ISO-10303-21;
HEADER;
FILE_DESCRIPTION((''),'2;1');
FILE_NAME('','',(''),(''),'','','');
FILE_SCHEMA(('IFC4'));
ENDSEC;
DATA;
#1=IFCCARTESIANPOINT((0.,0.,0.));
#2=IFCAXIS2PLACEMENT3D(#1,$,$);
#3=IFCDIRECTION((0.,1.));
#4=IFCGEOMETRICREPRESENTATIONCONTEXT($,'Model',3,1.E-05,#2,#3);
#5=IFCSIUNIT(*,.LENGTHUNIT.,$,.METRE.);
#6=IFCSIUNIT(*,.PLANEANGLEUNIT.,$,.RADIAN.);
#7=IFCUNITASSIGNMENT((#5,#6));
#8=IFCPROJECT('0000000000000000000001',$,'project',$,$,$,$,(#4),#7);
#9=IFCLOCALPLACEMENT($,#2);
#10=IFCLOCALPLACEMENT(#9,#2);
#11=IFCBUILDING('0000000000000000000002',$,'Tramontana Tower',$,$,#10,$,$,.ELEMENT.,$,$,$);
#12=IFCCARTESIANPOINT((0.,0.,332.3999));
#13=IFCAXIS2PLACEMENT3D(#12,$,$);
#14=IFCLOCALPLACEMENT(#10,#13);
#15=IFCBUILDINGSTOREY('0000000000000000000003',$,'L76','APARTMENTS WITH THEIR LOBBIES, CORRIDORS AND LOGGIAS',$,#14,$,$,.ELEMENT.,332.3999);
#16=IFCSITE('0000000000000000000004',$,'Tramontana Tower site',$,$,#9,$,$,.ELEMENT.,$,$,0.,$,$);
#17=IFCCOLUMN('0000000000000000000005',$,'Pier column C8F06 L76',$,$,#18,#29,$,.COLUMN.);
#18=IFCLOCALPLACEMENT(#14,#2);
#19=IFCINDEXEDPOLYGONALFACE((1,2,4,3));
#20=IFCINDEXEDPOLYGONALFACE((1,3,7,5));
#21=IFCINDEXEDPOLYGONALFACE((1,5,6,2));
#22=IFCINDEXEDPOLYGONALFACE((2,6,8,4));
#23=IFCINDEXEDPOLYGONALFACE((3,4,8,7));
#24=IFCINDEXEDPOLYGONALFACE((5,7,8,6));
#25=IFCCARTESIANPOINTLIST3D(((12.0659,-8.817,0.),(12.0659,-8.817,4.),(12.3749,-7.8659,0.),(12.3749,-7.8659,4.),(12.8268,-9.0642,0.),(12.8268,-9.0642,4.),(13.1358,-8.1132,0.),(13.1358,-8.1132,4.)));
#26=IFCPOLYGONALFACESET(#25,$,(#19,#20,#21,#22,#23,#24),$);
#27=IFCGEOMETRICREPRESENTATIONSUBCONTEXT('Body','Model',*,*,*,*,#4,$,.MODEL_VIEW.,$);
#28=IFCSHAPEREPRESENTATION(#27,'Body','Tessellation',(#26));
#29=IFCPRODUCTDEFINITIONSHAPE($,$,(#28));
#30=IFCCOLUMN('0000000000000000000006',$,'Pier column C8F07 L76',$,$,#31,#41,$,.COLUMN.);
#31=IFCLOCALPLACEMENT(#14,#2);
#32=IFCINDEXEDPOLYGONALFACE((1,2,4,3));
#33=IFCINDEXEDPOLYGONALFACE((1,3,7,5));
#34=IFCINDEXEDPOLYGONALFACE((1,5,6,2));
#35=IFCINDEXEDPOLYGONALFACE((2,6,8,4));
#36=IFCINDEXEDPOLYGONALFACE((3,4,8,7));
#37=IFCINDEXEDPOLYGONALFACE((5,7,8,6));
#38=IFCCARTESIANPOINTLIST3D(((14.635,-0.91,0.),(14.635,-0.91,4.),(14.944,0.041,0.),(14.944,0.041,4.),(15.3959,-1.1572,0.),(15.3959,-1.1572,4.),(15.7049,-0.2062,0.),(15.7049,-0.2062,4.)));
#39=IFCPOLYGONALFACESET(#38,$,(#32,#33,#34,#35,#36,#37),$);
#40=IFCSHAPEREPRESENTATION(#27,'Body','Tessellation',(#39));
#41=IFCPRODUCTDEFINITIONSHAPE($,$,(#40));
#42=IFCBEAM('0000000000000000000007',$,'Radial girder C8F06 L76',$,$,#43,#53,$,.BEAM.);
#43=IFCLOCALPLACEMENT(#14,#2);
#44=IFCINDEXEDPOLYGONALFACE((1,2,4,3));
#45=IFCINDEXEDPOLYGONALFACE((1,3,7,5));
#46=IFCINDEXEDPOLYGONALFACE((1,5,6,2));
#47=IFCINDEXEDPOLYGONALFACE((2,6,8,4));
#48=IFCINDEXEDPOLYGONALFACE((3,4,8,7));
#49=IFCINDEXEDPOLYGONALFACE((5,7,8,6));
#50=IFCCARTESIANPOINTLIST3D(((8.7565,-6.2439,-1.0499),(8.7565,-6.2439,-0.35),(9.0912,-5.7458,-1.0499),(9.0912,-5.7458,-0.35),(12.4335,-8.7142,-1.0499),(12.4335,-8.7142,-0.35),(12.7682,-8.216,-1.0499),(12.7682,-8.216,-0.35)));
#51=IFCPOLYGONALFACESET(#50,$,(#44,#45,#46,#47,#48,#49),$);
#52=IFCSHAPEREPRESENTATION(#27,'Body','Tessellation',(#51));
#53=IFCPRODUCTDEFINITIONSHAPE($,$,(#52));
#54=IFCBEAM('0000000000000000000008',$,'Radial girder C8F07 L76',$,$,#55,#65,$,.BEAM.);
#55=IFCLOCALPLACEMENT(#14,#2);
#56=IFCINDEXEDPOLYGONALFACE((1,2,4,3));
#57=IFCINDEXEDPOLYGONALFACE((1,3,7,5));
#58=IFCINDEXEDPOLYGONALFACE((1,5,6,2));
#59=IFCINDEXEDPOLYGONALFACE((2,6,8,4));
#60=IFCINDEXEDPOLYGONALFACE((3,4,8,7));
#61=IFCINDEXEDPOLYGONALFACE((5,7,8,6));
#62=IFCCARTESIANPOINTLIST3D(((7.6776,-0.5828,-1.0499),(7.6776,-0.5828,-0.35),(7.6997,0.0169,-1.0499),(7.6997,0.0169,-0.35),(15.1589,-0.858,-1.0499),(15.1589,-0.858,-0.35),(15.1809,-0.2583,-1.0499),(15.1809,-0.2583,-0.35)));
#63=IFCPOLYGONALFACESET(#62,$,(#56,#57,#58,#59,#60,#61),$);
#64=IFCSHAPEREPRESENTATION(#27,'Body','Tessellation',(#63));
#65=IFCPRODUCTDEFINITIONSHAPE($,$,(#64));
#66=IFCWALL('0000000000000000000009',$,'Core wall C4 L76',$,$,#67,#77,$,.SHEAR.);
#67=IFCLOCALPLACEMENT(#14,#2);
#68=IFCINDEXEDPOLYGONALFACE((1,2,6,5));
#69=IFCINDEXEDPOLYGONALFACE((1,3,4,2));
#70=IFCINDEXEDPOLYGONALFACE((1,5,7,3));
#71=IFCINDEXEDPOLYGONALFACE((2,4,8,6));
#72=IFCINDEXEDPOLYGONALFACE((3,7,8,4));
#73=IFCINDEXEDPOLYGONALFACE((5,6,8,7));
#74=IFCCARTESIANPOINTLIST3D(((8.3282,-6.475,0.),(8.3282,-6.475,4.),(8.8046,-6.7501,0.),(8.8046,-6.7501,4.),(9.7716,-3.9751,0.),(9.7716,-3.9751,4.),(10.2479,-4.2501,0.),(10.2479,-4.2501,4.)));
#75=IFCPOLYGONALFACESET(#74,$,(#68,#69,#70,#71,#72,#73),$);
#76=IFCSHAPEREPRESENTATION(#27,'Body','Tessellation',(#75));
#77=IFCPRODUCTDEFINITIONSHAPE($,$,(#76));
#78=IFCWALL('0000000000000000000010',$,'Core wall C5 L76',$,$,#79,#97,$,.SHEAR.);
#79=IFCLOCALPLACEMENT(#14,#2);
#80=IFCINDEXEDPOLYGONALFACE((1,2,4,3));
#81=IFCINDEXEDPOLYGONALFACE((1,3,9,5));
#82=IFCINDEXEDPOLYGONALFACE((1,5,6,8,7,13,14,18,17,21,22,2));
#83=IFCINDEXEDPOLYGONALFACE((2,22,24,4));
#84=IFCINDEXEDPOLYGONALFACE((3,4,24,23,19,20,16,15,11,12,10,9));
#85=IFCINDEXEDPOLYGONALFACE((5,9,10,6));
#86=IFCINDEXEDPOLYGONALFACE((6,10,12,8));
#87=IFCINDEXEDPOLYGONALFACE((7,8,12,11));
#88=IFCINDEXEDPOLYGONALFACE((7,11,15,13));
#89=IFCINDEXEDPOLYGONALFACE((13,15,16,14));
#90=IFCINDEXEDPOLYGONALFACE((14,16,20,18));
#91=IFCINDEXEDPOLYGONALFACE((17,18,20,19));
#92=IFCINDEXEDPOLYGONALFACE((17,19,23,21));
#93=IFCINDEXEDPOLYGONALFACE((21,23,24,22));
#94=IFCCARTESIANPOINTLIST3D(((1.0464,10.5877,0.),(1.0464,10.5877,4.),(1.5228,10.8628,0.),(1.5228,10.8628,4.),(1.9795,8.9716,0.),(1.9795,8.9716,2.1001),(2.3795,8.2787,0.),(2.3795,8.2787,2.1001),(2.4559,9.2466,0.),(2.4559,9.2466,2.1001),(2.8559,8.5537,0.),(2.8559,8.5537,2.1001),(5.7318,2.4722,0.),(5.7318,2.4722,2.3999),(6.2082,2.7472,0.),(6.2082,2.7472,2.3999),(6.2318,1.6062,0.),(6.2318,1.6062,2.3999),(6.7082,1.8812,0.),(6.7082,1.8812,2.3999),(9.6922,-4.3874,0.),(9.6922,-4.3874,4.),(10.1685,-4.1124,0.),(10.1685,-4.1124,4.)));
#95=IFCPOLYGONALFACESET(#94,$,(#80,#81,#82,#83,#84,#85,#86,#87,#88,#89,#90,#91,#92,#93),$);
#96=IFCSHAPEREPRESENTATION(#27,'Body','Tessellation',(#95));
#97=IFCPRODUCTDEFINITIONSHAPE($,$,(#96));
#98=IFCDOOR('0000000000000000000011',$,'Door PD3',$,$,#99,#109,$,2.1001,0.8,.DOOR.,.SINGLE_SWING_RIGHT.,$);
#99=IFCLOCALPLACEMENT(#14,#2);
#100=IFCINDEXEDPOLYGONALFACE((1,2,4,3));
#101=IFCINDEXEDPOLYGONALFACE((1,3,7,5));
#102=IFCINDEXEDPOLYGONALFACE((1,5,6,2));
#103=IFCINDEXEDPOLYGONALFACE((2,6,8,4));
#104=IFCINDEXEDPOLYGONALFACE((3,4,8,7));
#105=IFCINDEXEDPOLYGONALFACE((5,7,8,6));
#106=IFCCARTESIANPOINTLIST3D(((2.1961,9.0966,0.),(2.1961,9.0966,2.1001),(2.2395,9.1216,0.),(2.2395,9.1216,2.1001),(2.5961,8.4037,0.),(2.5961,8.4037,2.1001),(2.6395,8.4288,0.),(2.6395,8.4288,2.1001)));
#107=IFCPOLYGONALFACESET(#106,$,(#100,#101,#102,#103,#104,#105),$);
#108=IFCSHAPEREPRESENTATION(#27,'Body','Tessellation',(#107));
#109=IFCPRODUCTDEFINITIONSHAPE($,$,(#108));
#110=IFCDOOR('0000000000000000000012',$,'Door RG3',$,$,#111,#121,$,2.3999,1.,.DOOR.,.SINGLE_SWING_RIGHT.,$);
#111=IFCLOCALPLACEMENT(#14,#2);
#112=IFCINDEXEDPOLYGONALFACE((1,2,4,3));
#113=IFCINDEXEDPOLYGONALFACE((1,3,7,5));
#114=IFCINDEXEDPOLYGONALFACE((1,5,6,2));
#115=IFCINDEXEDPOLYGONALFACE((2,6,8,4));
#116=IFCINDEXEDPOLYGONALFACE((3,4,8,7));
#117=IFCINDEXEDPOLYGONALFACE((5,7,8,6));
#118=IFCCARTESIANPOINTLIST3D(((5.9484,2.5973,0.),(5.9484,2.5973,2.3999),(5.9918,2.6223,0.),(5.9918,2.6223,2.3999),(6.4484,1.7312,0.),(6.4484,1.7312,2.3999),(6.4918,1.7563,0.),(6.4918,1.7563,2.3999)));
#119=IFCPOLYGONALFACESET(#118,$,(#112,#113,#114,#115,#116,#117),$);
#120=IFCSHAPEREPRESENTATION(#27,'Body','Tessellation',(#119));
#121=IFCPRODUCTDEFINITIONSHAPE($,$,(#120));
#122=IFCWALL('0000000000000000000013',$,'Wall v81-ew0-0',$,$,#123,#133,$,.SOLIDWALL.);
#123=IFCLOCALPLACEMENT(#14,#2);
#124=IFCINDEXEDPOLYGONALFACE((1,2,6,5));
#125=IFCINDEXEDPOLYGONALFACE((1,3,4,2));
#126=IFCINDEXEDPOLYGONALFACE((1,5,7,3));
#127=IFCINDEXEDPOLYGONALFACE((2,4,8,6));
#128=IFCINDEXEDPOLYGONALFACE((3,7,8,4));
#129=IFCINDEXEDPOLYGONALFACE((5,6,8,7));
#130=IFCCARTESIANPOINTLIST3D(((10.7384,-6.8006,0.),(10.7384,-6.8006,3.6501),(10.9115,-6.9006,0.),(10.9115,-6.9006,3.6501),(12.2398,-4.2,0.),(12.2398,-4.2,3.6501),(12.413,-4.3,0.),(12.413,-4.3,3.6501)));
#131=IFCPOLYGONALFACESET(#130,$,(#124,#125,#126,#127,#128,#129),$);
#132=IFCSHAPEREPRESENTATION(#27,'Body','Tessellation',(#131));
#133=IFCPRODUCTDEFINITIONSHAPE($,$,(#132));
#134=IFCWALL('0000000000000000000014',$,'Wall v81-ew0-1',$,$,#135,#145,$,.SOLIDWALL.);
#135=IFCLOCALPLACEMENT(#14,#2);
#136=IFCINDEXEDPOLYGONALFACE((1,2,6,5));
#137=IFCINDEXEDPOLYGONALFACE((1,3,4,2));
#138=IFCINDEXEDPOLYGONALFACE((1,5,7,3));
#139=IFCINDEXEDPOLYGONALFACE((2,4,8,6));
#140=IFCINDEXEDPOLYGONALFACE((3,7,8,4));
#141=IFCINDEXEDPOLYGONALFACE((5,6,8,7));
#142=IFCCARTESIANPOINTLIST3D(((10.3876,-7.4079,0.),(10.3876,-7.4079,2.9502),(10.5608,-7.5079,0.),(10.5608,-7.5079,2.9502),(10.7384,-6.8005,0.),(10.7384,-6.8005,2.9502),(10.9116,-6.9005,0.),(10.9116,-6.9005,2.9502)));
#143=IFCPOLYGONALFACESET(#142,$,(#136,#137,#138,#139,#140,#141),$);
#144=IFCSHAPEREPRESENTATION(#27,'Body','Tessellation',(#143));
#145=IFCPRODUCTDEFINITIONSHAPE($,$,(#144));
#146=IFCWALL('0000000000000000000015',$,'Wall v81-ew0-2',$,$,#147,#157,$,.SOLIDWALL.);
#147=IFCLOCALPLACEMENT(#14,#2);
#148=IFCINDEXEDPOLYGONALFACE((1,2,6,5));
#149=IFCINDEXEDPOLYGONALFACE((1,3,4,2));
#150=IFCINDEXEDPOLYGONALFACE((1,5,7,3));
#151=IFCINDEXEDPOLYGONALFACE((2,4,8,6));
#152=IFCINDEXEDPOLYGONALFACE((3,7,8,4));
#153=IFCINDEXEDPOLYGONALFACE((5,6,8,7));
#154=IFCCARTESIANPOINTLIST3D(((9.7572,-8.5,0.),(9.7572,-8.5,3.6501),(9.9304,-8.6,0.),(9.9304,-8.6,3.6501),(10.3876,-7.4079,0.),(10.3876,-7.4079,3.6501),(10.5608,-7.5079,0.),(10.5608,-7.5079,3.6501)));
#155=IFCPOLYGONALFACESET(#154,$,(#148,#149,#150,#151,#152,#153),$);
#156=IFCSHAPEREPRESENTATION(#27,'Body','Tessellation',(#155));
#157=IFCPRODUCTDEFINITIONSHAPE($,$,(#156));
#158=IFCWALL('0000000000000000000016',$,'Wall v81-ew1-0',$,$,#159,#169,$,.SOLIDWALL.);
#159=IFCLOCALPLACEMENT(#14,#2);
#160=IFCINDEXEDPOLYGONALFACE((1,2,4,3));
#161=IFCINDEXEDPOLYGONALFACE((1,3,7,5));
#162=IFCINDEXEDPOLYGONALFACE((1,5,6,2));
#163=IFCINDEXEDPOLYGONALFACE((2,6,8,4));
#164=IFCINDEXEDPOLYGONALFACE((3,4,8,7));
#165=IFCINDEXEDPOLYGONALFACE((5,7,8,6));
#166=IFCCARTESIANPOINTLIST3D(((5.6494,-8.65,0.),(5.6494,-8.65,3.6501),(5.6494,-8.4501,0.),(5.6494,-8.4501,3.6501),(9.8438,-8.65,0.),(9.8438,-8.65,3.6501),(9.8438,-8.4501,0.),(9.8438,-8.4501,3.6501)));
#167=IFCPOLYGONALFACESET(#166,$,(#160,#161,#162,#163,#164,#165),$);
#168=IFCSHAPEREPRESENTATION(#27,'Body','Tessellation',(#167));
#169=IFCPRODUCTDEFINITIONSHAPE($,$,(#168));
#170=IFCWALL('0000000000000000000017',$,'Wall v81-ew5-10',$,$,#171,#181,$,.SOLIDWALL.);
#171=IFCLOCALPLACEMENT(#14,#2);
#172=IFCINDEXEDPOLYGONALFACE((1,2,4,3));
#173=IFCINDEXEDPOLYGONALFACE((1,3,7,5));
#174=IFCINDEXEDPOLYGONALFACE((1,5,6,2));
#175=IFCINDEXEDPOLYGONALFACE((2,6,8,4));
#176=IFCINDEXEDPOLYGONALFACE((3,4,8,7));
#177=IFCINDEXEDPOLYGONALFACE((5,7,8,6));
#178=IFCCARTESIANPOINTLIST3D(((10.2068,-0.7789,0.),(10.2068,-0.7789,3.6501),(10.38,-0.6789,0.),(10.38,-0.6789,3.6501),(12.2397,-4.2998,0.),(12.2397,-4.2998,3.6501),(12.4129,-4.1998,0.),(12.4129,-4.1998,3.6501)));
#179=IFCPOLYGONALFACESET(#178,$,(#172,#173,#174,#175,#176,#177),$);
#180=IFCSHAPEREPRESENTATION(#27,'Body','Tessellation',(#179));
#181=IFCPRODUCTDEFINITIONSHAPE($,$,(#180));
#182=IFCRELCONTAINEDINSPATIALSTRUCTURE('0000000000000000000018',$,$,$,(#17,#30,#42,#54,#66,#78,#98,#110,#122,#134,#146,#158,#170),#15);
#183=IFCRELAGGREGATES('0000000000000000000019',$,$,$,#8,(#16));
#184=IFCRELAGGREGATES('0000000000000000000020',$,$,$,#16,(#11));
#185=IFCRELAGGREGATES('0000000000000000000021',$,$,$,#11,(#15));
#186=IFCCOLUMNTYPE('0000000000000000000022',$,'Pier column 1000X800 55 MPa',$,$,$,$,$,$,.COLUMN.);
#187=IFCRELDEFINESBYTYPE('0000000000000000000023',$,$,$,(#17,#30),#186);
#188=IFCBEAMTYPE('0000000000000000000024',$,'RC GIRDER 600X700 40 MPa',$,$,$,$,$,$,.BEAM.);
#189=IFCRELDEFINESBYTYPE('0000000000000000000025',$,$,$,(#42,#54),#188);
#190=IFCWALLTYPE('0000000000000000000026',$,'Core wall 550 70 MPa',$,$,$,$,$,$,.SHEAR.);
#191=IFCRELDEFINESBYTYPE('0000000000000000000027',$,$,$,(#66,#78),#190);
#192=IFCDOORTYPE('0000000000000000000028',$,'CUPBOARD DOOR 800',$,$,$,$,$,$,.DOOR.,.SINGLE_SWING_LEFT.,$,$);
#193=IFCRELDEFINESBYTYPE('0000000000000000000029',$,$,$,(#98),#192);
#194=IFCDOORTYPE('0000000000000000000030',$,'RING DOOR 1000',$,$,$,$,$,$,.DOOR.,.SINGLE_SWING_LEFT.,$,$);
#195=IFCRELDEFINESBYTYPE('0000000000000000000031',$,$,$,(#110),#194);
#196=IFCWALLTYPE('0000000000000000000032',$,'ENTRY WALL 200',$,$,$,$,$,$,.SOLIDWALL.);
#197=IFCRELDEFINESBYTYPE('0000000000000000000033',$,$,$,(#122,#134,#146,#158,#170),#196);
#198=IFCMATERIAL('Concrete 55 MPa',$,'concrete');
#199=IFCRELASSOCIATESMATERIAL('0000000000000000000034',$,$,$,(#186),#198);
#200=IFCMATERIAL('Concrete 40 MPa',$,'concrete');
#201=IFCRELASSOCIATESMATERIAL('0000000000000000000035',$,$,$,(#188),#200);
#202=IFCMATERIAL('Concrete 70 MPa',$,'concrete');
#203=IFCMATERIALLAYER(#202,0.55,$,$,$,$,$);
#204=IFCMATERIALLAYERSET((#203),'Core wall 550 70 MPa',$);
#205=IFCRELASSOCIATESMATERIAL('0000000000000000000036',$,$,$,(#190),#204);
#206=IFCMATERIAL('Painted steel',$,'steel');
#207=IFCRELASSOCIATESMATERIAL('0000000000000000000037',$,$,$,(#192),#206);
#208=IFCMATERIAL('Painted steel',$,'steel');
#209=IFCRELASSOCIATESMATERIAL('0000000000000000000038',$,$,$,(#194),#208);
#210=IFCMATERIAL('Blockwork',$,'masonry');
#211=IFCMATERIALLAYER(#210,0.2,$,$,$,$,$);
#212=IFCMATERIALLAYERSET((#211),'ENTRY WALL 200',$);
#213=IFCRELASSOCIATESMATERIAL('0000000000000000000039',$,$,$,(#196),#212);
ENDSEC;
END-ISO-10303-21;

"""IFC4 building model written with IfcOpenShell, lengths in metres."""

from ifc_helpers import new_model, si_unit, direction, frame, frame_2d, origin, origin_2d, place, context, subcontext, project, spatial, rectangle, extrude, material, layer, layer_set, material_profile, profile_set, type_object, element, fill, save


model = new_model("IFC4")

# Units and contexts
model_context = context("Model", 3, precision=1e-05, world=origin(), true_north=direction((0.0, 1.0)))
body_context = subcontext(model_context, "Body", "Model", "MODEL_VIEW")
ifc_project = project(units=[si_unit("LENGTHUNIT", "METRE"), si_unit("PLANEANGLEUNIT", "RADIAN")], contexts=[model_context])

# Site, building, storey
site_placement = place(None, origin())
site = spatial("IfcSite", under=ifc_project, at=site_placement, Name="Tramontana Tower site", CompositionType="ELEMENT", RefElevation=0.0)
building_placement = place(site_placement, origin())
building = spatial("IfcBuilding", under=site, at=building_placement, Name="Tramontana Tower", CompositionType="ELEMENT")
storey_placement = place(building_placement, frame((0.0, 0.0, 332.3999)))
storey = spatial("IfcBuildingStorey", under=building, at=storey_placement, Name="L76", Description="APARTMENTS WITH THEIR LOBBIES, CORRIDORS AND LOGGIAS", CompositionType="ELEMENT", Elevation=332.3999)

# Columns
ifc_material_1 = material(Name="Concrete 55 MPa", Category="concrete")
ifc_material_profile_1 = material_profile(ifc_material_1, rectangle(XDim=1.0, YDim=0.8, at=origin_2d()), Name="Pier column 1000X800 55 MPa")
ifc_profile_set_1 = profile_set([ifc_material_profile_1], Name="Concrete 55 MPa")
column_type = type_object("IfcColumnType", Name="Pier column 1000X800 55 MPa", PredefinedType="COLUMN", material=ifc_profile_set_1)
for number, where, z_axis, x_axis, name in (
    (1, (12.6008, -8.4651, 0.0), (0.0, 0.0, 1.0), (0.309017, 0.951057, 0.0), "Pier column C8F06 L76"),
    (2, (15.1699, -0.5581, 0.0), (0.0, 0.0, 1.0), (0.309017, 0.951057, 0.0), "Pier column C8F07 L76"),
):
    element("IfcColumn", number, at=place(storey_placement, frame(where, z_axis=z_axis, x_axis=x_axis)), inside=storey, type_object=column_type, Name=name, PredefinedType="COLUMN", context=body_context, shape_type="SweptSolid", body=[
        extrude(rectangle(XDim=1.0, YDim=0.8, at=origin_2d()), origin(), (0.0, 0.0, 1.0), 4.0),
    ])

# Beams
ifc_material_2 = material(Name="Concrete 40 MPa", Category="concrete")
ifc_material_profile_2 = material_profile(ifc_material_2, rectangle(XDim=0.6001, YDim=0.7, at=origin_2d()), Name="RC GIRDER 600X700 40 MPa")
ifc_profile_set_2 = profile_set([ifc_material_profile_2], Name="Concrete 40 MPa")
beam_type = type_object("IfcBeamType", Name="RC GIRDER 600X700 40 MPa", PredefinedType="BEAM", material=ifc_profile_set_2)
beam_1_placement = place(storey_placement, frame((12.6008, -8.4651, -0.7), z_axis=(-0.830078, 0.557647, 0.0), x_axis=(-0.557647, -0.830078, 0.0)))
element("IfcBeam", 3, at=beam_1_placement, inside=storey, type_object=beam_type, Name="Radial girder C8F06 L76", PredefinedType="BEAM", context=body_context, shape_type="SweptSolid", body=[
    extrude(rectangle(XDim=0.6001, YDim=0.7, at=origin_2d()), origin(), (0.0, 0.0, 1.0), 4.4297),
])
beam_2_placement = place(storey_placement, frame((15.1699, -0.5581, -0.7), z_axis=(-0.999324, 0.036754, 0.0), x_axis=(-0.036754, -0.999324, 0.0)))
element("IfcBeam", 4, at=beam_2_placement, inside=storey, type_object=beam_type, Name="Radial girder C8F07 L76", PredefinedType="BEAM", context=body_context, shape_type="SweptSolid", body=[
    extrude(rectangle(XDim=0.6001, YDim=0.7, at=origin_2d()), origin(), (0.0, 0.0, 1.0), 7.4863),
])

# Wall
ifc_material_3 = material(Name="Concrete 70 MPa", Category="concrete")
ifc_layer_1 = layer(ifc_material_3, 0.55)
ifc_layer_set_1 = layer_set([ifc_layer_1], Name="Core wall 550 70 MPa")
wall_type_1 = type_object("IfcWallType", Name="Core wall 550 70 MPa", PredefinedType="SHEAR", material=ifc_layer_set_1)
wall_1_placement = place(storey_placement, frame((8.5664, -6.6125, 0.0), z_axis=(0.0, 0.0, 1.0), x_axis=(0.499996, 0.866028, 0.0)))
element("IfcWall", 5, at=wall_1_placement, inside=storey, type_object=wall_type_1, Name="Core wall C4 L76", PredefinedType="SHEAR", context=body_context, shape_type="SweptSolid", body=[
    extrude(rectangle(XDim=2.8867, YDim=0.55, at=frame_2d((1.4434, 0.0))), origin(), (0.0, 0.0, 1.0), 4.0),
])

# Wall, openings, doors
wall_2_placement = place(storey_placement, frame((9.9304, -4.25, 0.0), z_axis=(0.0, 0.0, 1.0), x_axis=(-0.499995, 0.866029, 0.0)))
wall_2 = element("IfcWall", 6, at=wall_2_placement, inside=storey, type_object=wall_type_1, Name="Core wall C5 L76", PredefinedType="SHEAR", context=body_context, shape_type="SweptSolid", body=[
    extrude(rectangle(XDim=17.2917, YDim=0.55, at=frame_2d((8.646, 0.0))), origin(), (0.0, 0.0, 1.0), 4.0),
])
opening_1_placement = place(wall_2_placement, frame((6.9209, 0.0, 0.0)))
opening_1 = element("IfcOpeningElement", 7, at=opening_1_placement, cuts=wall_2, PredefinedType="OPENING", context=body_context, shape_type="SweptSolid", body=[
    extrude(rectangle(XDim=1.0, YDim=2.3999, at=frame_2d((0.5, 1.2))), frame((0.0, 0.2849, 0.0), z_axis=(0.0, -1.0, 0.0), x_axis=(1.0, 0.0, 0.0)), (0.0, 0.0, 1.0), 0.5701),
])
opening_2_placement = place(wall_2_placement, frame((14.6257, 0.0, 0.0)))
opening_2 = element("IfcOpeningElement", 8, at=opening_2_placement, cuts=wall_2, PredefinedType="OPENING", context=body_context, shape_type="SweptSolid", body=[
    extrude(rectangle(XDim=0.8, YDim=2.1001, at=frame_2d((0.3999, 1.05))), frame((0.0, 0.2849, 0.0), z_axis=(0.0, -1.0, 0.0), x_axis=(1.0, 0.0, 0.0)), (0.0, 0.0, 1.0), 0.5701),
])
ifc_material_4 = material(Name="Painted steel", Category="steel")
door_type_1 = type_object("IfcDoorType", Name="CUPBOARD DOOR 800", OperationType="SINGLE_SWING_LEFT", PredefinedType="DOOR", material=ifc_material_4)
door_1_placement = place(opening_2_placement, origin())
door_1 = element("IfcDoor", 9, at=door_1_placement, inside=storey, type_object=door_type_1, Name="Door PD3", OperationType="SINGLE_SWING_RIGHT", OverallHeight=2.1001, OverallWidth=0.8, PredefinedType="DOOR", context=body_context, shape_type="SweptSolid", body=[
    extrude(rectangle(XDim=0.8, YDim=2.1001, at=frame_2d((0.3999, 1.05))), frame((0.0, 0.0249, 0.0), z_axis=(0.0, -1.0, 0.0), x_axis=(1.0, 0.0, 0.0)), (0.0, 0.0, 1.0), 0.05),
])
fill(opening_2, door_1)
ifc_material_5 = material(Name="Painted steel", Category="steel")
door_type_2 = type_object("IfcDoorType", Name="RING DOOR 1000", OperationType="SINGLE_SWING_LEFT", PredefinedType="DOOR", material=ifc_material_5)
door_2_placement = place(opening_1_placement, origin())
door_2 = element("IfcDoor", 10, at=door_2_placement, inside=storey, type_object=door_type_2, Name="Door RG3", OperationType="SINGLE_SWING_RIGHT", OverallHeight=2.3999, OverallWidth=1.0, PredefinedType="DOOR", context=body_context, shape_type="SweptSolid", body=[
    extrude(rectangle(XDim=1.0, YDim=2.3999, at=frame_2d((0.5, 1.2))), frame((0.0, 0.0249, 0.0), z_axis=(0.0, -1.0, 0.0), x_axis=(1.0, 0.0, 0.0)), (0.0, 0.0, 1.0), 0.05),
])
fill(opening_1, door_2)

# Walls
ifc_material_6 = material(Name="Blockwork", Category="masonry")
ifc_layer_2 = layer(ifc_material_6, 0.2)
ifc_layer_set_2 = layer_set([ifc_layer_2], Name="ENTRY WALL 200")
wall_type_2 = type_object("IfcWallType", Name="ENTRY WALL 200", PredefinedType="SOLIDWALL", material=ifc_layer_set_2)
wall_3_placement = place(storey_placement, frame((12.3264, -4.25, 0.0), z_axis=(0.0, 0.0, 1.0), x_axis=(-0.500004, -0.866023, 0.0)))
element("IfcWall", 11, at=wall_3_placement, inside=storey, type_object=wall_type_2, Name="Wall v81-ew0-0", PredefinedType="SOLIDWALL", context=body_context, shape_type="SweptSolid", body=[
    extrude(rectangle(XDim=3.0029, YDim=0.2, at=frame_2d((1.5015, 0.0))), origin(), (0.0, 0.0, 1.0), 3.6501),
])
wall_4_placement = place(storey_placement, frame((10.825, -6.8506, 0.0), z_axis=(0.0, 0.0, 1.0), x_axis=(-0.500144, -0.865942, 0.0)))
element("IfcWall", 12, at=wall_4_placement, inside=storey, type_object=wall_type_2, Name="Wall v81-ew0-1", PredefinedType="SOLIDWALL", context=body_context, shape_type="SweptSolid", body=[
    extrude(rectangle(XDim=0.7014, YDim=0.2, at=frame_2d((0.3506, 0.0))), origin(), (0.0, 0.0, 1.0), 2.9502),
])
wall_5_placement = place(storey_placement, frame((10.4741, -7.458, 0.0), z_axis=(0.0, 0.0, 1.0), x_axis=(-0.499929, -0.866066, 0.0)))
element("IfcWall", 13, at=wall_5_placement, inside=storey, type_object=wall_type_2, Name="Wall v81-ew0-2", PredefinedType="SOLIDWALL", context=body_context, shape_type="SweptSolid", body=[
    extrude(rectangle(XDim=1.261, YDim=0.2, at=frame_2d((0.6304, 0.0))), origin(), (0.0, 0.0, 1.0), 3.6501),
])
wall_6_placement = place(storey_placement, frame((9.8438, -8.55, 0.0), z_axis=(0.0, 0.0, 1.0), x_axis=(-1.0, 0.0, 0.0)))
element("IfcWall", 14, at=wall_6_placement, inside=storey, type_object=wall_type_2, Name="Wall v81-ew1-0", PredefinedType="SOLIDWALL", context=body_context, shape_type="SweptSolid", body=[
    extrude(rectangle(XDim=4.1943, YDim=0.2, at=frame_2d((2.0972, 0.0))), origin(), (0.0, 0.0, 1.0), 3.6501),
])
wall_7_placement = place(storey_placement, frame((10.2935, -0.729, 0.0), z_axis=(0.0, 0.0, 1.0), x_axis=(0.50002, -0.866014, 0.0)))
element("IfcWall", 15, at=wall_7_placement, inside=storey, type_object=wall_type_2, Name="Wall v81-ew5-10", PredefinedType="SOLIDWALL", context=body_context, shape_type="SweptSolid", body=[
    extrude(rectangle(XDim=4.0657, YDim=0.2, at=frame_2d((2.0327, 0.0))), origin(), (0.0, 0.0, 1.0), 3.6501),
])

save(model, "model.ifc")
